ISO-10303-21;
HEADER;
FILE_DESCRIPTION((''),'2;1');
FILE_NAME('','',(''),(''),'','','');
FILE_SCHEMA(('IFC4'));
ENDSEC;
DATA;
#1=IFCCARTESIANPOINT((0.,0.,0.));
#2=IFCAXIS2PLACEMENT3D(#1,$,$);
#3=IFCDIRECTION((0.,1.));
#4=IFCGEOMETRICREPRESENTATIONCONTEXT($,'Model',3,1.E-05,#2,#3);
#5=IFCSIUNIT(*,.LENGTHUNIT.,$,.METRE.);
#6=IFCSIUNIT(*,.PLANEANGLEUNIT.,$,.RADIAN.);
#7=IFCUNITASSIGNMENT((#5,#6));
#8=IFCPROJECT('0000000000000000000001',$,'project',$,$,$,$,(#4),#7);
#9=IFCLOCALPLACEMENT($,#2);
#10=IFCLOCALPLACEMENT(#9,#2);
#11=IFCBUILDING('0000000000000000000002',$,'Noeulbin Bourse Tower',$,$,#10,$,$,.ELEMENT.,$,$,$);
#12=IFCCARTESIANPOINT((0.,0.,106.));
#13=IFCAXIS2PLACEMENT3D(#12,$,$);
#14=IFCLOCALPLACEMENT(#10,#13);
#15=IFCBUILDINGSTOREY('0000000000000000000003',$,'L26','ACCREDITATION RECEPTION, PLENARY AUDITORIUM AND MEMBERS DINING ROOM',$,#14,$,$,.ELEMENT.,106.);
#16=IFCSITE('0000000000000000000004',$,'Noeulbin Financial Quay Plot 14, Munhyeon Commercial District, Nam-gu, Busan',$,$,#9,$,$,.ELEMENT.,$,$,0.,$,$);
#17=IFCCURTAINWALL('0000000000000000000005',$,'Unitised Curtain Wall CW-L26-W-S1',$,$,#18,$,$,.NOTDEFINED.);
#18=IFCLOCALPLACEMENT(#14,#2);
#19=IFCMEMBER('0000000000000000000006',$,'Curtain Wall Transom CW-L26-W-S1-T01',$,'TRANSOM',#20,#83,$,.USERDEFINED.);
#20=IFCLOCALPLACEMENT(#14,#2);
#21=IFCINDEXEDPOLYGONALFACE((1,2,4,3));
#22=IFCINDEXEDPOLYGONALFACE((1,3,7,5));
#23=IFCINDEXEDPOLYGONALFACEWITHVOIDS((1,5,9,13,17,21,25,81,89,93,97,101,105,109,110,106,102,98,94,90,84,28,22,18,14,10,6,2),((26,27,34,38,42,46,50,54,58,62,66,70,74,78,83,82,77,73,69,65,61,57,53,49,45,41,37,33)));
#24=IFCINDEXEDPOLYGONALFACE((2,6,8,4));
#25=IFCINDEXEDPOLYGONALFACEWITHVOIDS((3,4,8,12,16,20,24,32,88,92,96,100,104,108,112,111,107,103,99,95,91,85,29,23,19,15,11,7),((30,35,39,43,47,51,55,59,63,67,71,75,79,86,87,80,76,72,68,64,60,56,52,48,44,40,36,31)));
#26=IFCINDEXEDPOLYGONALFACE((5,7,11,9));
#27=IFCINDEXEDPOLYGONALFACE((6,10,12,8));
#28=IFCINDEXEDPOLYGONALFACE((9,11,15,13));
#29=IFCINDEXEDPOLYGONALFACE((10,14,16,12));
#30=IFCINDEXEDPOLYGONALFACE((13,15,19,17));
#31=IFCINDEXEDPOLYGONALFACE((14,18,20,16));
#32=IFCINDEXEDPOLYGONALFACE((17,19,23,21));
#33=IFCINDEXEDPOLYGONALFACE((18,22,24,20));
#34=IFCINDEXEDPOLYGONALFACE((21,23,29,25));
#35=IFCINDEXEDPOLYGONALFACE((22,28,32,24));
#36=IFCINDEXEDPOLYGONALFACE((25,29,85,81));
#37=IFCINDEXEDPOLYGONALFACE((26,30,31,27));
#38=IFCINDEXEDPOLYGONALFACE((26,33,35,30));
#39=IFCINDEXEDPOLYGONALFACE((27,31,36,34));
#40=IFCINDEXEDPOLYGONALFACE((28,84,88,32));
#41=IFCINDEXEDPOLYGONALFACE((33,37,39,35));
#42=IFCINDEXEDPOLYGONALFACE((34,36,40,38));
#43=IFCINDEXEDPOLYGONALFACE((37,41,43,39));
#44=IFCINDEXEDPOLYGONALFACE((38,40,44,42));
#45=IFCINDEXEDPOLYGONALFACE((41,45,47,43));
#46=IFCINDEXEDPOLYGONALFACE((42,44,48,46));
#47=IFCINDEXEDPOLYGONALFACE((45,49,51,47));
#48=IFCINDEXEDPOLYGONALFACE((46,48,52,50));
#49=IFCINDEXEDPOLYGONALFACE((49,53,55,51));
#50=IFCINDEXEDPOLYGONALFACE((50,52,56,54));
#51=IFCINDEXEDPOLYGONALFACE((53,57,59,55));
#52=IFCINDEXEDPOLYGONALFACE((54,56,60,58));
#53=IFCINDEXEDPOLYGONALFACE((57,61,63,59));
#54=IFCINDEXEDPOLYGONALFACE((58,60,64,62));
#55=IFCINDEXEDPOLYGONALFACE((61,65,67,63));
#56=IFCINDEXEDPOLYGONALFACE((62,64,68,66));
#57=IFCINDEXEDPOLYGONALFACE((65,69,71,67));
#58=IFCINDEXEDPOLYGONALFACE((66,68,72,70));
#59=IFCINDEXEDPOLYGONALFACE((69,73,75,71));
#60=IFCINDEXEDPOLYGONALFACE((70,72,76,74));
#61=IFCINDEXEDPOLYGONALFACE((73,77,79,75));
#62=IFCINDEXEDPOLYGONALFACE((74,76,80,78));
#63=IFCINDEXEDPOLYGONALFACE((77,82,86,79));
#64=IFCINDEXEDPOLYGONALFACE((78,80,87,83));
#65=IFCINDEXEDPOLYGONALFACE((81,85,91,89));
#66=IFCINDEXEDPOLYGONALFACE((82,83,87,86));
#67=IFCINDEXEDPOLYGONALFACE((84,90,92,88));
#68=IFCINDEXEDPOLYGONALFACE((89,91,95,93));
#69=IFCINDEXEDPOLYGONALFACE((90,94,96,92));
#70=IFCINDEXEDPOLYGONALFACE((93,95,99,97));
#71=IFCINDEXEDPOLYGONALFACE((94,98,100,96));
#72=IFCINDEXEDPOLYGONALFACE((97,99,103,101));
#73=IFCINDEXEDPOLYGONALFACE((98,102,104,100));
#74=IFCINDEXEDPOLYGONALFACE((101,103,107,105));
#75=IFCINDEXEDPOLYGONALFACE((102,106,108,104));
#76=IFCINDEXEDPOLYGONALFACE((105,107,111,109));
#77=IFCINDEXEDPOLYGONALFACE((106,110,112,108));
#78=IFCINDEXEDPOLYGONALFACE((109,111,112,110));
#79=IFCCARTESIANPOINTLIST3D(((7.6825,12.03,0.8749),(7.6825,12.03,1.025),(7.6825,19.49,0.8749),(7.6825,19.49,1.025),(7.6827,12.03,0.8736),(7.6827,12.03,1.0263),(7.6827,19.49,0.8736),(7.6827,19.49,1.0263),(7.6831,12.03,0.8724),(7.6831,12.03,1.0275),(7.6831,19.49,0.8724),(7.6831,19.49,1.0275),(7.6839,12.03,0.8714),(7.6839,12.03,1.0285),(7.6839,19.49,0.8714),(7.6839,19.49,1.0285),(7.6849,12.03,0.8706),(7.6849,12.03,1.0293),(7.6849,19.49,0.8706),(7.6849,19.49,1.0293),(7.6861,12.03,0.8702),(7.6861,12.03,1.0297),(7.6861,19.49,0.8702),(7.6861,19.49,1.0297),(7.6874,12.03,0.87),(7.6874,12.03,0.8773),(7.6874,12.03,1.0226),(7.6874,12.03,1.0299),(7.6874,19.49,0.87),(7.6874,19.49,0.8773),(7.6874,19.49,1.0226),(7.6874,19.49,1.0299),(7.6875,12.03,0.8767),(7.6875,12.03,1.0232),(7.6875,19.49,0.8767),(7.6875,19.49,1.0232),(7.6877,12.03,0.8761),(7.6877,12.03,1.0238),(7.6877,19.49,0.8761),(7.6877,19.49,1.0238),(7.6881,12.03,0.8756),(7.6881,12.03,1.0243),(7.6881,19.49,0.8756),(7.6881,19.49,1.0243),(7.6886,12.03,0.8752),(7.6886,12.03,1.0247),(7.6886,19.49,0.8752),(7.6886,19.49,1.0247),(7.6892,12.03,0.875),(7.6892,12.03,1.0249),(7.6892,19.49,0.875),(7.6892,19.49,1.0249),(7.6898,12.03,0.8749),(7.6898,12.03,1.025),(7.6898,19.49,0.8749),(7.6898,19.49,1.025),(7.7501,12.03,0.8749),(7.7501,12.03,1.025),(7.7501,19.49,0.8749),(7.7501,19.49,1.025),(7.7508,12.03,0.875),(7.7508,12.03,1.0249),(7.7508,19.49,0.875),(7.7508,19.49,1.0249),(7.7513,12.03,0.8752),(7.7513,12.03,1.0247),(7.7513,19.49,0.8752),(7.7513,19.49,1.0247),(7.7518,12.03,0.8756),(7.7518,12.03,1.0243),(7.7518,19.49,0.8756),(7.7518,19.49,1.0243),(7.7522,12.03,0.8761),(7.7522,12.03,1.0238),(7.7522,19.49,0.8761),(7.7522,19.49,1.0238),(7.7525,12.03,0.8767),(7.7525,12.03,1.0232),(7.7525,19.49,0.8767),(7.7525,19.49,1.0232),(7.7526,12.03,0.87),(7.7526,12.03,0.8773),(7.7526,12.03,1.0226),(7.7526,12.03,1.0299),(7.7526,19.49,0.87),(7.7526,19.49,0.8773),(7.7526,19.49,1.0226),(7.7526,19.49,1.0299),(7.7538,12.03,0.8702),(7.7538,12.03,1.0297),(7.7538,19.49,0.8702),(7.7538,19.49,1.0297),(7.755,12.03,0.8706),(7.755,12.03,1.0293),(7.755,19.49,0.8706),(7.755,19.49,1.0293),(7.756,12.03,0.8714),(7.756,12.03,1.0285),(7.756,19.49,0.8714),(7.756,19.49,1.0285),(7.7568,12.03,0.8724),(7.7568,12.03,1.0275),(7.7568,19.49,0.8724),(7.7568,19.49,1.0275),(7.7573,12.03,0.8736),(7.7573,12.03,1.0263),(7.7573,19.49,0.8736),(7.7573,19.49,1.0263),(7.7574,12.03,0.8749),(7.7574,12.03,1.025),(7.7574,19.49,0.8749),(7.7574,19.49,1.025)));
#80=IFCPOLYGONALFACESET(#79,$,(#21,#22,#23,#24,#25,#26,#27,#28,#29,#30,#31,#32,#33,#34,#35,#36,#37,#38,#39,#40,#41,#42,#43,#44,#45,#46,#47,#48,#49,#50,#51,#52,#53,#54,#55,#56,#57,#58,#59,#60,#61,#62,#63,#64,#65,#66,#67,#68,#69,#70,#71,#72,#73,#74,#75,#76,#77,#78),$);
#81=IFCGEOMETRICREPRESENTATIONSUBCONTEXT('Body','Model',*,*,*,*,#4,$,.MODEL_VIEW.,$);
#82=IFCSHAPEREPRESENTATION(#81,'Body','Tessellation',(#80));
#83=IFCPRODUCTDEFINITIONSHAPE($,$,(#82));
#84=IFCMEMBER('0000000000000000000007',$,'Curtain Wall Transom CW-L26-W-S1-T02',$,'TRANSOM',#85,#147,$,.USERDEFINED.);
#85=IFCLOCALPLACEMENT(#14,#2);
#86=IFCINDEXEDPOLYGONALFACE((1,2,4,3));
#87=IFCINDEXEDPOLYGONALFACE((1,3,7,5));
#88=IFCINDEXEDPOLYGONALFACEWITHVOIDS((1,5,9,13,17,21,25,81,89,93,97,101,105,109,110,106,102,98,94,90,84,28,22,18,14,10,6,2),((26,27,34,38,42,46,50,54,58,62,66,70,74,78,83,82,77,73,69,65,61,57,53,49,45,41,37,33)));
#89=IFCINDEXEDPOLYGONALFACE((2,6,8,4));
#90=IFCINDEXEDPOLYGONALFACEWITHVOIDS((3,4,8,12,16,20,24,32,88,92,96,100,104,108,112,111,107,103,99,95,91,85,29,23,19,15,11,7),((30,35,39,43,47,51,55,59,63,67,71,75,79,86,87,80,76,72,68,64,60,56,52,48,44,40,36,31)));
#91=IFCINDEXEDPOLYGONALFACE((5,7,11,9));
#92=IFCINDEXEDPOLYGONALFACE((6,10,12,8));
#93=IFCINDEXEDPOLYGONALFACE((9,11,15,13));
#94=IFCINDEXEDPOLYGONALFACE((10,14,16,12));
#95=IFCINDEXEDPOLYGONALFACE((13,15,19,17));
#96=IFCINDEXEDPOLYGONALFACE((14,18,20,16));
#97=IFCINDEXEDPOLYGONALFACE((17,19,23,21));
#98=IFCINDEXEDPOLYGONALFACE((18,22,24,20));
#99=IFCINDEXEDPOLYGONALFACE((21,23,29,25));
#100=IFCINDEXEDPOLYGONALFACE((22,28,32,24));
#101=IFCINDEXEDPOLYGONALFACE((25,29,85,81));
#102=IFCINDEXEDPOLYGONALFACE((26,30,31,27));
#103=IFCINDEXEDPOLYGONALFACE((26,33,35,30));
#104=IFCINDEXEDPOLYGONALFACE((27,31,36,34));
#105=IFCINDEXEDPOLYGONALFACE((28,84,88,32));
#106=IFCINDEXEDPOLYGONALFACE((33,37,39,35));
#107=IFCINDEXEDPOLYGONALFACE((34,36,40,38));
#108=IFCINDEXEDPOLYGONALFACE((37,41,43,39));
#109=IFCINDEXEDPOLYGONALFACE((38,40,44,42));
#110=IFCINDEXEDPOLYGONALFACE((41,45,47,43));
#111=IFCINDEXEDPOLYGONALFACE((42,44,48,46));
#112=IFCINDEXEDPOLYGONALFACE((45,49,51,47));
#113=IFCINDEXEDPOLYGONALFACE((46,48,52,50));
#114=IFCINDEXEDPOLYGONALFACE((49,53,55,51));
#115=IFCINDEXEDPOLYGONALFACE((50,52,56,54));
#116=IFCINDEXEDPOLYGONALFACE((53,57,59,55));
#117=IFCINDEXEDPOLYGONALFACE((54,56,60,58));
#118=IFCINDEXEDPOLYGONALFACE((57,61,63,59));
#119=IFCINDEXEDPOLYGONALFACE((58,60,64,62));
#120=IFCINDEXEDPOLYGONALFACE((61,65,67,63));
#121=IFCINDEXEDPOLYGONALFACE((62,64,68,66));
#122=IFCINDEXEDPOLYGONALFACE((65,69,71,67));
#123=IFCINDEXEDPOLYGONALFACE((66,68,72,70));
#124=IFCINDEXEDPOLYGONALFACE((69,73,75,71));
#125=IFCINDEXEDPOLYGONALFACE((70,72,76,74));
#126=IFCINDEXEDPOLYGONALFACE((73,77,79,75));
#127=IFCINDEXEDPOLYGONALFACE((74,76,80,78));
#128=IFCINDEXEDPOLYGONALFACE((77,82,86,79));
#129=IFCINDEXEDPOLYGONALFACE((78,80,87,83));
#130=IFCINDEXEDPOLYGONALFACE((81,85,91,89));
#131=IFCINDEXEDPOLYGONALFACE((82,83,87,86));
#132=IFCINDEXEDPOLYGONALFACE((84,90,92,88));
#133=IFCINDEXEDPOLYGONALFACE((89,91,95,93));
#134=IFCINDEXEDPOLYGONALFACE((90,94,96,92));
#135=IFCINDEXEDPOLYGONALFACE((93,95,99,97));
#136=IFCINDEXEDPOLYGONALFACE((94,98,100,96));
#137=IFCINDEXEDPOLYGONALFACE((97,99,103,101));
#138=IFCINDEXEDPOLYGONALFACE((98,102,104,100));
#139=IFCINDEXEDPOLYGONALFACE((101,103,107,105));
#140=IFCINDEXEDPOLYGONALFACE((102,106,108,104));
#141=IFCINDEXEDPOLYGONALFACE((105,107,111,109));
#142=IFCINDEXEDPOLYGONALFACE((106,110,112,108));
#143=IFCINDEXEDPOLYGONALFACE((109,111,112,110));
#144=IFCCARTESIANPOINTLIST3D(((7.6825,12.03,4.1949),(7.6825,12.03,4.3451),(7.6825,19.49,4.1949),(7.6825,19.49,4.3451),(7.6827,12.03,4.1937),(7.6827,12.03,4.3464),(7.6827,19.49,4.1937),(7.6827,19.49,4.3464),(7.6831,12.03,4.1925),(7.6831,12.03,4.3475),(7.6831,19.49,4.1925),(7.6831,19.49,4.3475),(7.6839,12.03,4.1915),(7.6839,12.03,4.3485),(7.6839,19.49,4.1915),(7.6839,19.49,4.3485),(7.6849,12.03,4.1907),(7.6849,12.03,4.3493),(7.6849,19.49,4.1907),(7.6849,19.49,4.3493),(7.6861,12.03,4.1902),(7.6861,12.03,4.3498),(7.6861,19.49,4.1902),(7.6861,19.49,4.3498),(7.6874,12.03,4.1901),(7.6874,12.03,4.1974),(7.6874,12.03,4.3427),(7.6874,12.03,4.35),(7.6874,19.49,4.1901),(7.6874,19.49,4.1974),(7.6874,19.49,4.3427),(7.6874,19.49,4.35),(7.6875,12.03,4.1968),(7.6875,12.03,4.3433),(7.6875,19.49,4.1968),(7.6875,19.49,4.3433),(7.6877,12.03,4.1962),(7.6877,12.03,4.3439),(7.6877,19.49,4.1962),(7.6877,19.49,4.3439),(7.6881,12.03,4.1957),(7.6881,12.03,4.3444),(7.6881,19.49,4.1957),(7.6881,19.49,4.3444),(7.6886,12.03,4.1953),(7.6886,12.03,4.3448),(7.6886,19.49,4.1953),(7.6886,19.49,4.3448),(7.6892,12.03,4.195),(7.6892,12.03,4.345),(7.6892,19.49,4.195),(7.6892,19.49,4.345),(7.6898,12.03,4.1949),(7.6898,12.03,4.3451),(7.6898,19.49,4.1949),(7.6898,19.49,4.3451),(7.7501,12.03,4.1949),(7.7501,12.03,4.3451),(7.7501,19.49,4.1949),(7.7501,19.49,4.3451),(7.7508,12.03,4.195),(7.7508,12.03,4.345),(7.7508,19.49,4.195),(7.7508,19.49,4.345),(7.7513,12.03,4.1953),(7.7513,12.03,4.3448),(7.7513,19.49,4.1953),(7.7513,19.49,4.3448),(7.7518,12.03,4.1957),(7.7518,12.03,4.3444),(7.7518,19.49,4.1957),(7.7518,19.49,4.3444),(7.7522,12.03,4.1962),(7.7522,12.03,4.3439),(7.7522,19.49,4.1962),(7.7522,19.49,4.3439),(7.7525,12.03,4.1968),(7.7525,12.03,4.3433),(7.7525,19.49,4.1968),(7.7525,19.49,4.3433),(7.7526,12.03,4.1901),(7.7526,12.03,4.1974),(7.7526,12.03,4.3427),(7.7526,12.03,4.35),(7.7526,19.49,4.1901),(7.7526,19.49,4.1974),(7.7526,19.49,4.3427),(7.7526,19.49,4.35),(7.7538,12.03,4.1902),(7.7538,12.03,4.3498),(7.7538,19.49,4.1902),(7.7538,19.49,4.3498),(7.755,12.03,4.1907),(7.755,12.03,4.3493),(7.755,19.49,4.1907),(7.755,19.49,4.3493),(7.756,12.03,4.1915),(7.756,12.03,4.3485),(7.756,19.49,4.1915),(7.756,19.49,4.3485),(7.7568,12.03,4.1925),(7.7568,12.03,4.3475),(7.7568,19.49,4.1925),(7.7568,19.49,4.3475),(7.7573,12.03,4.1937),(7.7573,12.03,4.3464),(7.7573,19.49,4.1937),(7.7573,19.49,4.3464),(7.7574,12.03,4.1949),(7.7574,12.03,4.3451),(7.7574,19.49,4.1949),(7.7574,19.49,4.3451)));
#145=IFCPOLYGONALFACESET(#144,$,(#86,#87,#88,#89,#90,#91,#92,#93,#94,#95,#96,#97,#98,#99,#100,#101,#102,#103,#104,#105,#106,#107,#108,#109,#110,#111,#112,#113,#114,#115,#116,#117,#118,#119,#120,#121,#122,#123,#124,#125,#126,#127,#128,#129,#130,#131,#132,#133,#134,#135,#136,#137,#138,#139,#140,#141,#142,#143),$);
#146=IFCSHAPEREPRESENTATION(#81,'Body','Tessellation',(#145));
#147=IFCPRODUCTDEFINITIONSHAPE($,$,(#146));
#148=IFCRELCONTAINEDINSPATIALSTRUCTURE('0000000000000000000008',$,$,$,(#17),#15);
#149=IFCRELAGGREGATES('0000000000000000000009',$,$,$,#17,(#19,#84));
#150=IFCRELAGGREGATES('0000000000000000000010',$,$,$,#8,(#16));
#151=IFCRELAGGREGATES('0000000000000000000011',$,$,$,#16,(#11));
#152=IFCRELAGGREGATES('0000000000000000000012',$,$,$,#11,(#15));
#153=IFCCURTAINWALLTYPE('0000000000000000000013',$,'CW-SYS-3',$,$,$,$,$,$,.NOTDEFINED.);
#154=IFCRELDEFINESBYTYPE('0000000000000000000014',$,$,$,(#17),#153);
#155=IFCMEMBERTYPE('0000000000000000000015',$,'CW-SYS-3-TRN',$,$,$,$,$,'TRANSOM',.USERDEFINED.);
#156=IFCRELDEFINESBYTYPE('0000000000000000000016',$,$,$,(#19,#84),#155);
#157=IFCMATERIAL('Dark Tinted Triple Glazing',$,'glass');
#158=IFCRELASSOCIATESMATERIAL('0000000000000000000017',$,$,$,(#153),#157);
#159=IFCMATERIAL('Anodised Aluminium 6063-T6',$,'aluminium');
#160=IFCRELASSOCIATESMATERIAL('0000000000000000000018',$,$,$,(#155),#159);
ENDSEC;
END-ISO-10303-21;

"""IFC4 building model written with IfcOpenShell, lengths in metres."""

from ifc_helpers import new_model, si_unit, direction, frame, origin, origin_2d, place, context, subcontext, project, spatial, hollow_rectangle, extrude, material, material_profile, profile_set, type_object, element, aggregate, save


model = new_model("IFC4")

# Units and contexts
model_context = context("Model", 3, precision=1e-05, world=origin(), true_north=direction((0.0, 1.0)))
body_context = subcontext(model_context, "Body", "Model", "MODEL_VIEW")
ifc_project = project(units=[si_unit("LENGTHUNIT", "METRE"), si_unit("PLANEANGLEUNIT", "RADIAN")], contexts=[model_context])

# Site, building, storey
site_placement = place(None, origin())
site = spatial("IfcSite", under=ifc_project, at=site_placement, Name="Noeulbin Financial Quay Plot 14, Munhyeon Commercial District, Nam-gu, Busan", CompositionType="ELEMENT", RefElevation=0.0)
building_placement = place(site_placement, origin())
building = spatial("IfcBuilding", under=site, at=building_placement, Name="Noeulbin Bourse Tower", CompositionType="ELEMENT")
storey_placement = place(building_placement, frame((0.0, 0.0, 106.0)))
storey = spatial("IfcBuildingStorey", under=building, at=storey_placement, Name="L26", Description="ACCREDITATION RECEPTION, PLENARY AUDITORIUM AND MEMBERS DINING ROOM", CompositionType="ELEMENT", Elevation=106.0)

# Curtain wall
ifc_material_1 = material(Name="Dark Tinted Triple Glazing", Category="glass")
curtain_wall_type = type_object("IfcCurtainWallType", Name="CW-SYS-3", PredefinedType="NOTDEFINED", material=ifc_material_1)
curtain_wall_1_placement = place(storey_placement, origin())
curtain_wall_1 = element("IfcCurtainWall", 1, at=curtain_wall_1_placement, inside=storey, type_object=curtain_wall_type, Name="Unitised Curtain Wall CW-L26-W-S1", PredefinedType="NOTDEFINED")
ifc_material_2 = material(Name="Anodised Aluminium 6063-T6", Category="aluminium")

# Members
ifc_material_profile_1 = material_profile(ifc_material_2, hollow_rectangle(XDim=0.075, YDim=0.1599, WallThickness=0.0049, InnerFilletRadius=0.0024, OuterFilletRadius=0.0049, at=origin_2d()), Name="ALU-TRAN-75x160x5", Category="LoadBearing")
ifc_profile_set_1 = profile_set([ifc_material_profile_1], Name="Anodised Aluminium 6063-T6")
member_type_1 = type_object("IfcMemberType", Name="CW-SYS-3-TRN", ElementType="TRANSOM", PredefinedType="USERDEFINED", material=ifc_profile_set_1)
member_1_placement = place(storey_placement, frame((7.72, 12.03, 0.95), z_axis=(0.0, 1.0, 0.0), x_axis=(-1.0, 0.0, 0.0)))
member_1 = element("IfcMember", 2, at=member_1_placement, type_object=member_type_1, Name="Curtain Wall Transom CW-L26-W-S1-T01", ObjectType="TRANSOM", PredefinedType="USERDEFINED", context=body_context, shape_type="SweptSolid", body=[
    extrude(hollow_rectangle(XDim=0.075, YDim=0.1599, WallThickness=0.0049, InnerFilletRadius=0.0024, OuterFilletRadius=0.0049, at=origin_2d()), origin(), (0.0, 0.0, 1.0), 7.46),
])
member_2_placement = place(storey_placement, frame((7.72, 12.03, 4.27), z_axis=(0.0, 1.0, 0.0), x_axis=(-1.0, 0.0, 0.0)))
member_2 = element("IfcMember", 3, at=member_2_placement, type_object=member_type_1, Name="Curtain Wall Transom CW-L26-W-S1-T02", ObjectType="TRANSOM", PredefinedType="USERDEFINED", context=body_context, shape_type="SweptSolid", body=[
    extrude(hollow_rectangle(XDim=0.075, YDim=0.1599, WallThickness=0.0049, InnerFilletRadius=0.0024, OuterFilletRadius=0.0049, at=origin_2d()), origin(), (0.0, 0.0, 1.0), 7.46),
])

aggregate(curtain_wall_1, [member_1, member_2])

save(model, "model.ifc")
